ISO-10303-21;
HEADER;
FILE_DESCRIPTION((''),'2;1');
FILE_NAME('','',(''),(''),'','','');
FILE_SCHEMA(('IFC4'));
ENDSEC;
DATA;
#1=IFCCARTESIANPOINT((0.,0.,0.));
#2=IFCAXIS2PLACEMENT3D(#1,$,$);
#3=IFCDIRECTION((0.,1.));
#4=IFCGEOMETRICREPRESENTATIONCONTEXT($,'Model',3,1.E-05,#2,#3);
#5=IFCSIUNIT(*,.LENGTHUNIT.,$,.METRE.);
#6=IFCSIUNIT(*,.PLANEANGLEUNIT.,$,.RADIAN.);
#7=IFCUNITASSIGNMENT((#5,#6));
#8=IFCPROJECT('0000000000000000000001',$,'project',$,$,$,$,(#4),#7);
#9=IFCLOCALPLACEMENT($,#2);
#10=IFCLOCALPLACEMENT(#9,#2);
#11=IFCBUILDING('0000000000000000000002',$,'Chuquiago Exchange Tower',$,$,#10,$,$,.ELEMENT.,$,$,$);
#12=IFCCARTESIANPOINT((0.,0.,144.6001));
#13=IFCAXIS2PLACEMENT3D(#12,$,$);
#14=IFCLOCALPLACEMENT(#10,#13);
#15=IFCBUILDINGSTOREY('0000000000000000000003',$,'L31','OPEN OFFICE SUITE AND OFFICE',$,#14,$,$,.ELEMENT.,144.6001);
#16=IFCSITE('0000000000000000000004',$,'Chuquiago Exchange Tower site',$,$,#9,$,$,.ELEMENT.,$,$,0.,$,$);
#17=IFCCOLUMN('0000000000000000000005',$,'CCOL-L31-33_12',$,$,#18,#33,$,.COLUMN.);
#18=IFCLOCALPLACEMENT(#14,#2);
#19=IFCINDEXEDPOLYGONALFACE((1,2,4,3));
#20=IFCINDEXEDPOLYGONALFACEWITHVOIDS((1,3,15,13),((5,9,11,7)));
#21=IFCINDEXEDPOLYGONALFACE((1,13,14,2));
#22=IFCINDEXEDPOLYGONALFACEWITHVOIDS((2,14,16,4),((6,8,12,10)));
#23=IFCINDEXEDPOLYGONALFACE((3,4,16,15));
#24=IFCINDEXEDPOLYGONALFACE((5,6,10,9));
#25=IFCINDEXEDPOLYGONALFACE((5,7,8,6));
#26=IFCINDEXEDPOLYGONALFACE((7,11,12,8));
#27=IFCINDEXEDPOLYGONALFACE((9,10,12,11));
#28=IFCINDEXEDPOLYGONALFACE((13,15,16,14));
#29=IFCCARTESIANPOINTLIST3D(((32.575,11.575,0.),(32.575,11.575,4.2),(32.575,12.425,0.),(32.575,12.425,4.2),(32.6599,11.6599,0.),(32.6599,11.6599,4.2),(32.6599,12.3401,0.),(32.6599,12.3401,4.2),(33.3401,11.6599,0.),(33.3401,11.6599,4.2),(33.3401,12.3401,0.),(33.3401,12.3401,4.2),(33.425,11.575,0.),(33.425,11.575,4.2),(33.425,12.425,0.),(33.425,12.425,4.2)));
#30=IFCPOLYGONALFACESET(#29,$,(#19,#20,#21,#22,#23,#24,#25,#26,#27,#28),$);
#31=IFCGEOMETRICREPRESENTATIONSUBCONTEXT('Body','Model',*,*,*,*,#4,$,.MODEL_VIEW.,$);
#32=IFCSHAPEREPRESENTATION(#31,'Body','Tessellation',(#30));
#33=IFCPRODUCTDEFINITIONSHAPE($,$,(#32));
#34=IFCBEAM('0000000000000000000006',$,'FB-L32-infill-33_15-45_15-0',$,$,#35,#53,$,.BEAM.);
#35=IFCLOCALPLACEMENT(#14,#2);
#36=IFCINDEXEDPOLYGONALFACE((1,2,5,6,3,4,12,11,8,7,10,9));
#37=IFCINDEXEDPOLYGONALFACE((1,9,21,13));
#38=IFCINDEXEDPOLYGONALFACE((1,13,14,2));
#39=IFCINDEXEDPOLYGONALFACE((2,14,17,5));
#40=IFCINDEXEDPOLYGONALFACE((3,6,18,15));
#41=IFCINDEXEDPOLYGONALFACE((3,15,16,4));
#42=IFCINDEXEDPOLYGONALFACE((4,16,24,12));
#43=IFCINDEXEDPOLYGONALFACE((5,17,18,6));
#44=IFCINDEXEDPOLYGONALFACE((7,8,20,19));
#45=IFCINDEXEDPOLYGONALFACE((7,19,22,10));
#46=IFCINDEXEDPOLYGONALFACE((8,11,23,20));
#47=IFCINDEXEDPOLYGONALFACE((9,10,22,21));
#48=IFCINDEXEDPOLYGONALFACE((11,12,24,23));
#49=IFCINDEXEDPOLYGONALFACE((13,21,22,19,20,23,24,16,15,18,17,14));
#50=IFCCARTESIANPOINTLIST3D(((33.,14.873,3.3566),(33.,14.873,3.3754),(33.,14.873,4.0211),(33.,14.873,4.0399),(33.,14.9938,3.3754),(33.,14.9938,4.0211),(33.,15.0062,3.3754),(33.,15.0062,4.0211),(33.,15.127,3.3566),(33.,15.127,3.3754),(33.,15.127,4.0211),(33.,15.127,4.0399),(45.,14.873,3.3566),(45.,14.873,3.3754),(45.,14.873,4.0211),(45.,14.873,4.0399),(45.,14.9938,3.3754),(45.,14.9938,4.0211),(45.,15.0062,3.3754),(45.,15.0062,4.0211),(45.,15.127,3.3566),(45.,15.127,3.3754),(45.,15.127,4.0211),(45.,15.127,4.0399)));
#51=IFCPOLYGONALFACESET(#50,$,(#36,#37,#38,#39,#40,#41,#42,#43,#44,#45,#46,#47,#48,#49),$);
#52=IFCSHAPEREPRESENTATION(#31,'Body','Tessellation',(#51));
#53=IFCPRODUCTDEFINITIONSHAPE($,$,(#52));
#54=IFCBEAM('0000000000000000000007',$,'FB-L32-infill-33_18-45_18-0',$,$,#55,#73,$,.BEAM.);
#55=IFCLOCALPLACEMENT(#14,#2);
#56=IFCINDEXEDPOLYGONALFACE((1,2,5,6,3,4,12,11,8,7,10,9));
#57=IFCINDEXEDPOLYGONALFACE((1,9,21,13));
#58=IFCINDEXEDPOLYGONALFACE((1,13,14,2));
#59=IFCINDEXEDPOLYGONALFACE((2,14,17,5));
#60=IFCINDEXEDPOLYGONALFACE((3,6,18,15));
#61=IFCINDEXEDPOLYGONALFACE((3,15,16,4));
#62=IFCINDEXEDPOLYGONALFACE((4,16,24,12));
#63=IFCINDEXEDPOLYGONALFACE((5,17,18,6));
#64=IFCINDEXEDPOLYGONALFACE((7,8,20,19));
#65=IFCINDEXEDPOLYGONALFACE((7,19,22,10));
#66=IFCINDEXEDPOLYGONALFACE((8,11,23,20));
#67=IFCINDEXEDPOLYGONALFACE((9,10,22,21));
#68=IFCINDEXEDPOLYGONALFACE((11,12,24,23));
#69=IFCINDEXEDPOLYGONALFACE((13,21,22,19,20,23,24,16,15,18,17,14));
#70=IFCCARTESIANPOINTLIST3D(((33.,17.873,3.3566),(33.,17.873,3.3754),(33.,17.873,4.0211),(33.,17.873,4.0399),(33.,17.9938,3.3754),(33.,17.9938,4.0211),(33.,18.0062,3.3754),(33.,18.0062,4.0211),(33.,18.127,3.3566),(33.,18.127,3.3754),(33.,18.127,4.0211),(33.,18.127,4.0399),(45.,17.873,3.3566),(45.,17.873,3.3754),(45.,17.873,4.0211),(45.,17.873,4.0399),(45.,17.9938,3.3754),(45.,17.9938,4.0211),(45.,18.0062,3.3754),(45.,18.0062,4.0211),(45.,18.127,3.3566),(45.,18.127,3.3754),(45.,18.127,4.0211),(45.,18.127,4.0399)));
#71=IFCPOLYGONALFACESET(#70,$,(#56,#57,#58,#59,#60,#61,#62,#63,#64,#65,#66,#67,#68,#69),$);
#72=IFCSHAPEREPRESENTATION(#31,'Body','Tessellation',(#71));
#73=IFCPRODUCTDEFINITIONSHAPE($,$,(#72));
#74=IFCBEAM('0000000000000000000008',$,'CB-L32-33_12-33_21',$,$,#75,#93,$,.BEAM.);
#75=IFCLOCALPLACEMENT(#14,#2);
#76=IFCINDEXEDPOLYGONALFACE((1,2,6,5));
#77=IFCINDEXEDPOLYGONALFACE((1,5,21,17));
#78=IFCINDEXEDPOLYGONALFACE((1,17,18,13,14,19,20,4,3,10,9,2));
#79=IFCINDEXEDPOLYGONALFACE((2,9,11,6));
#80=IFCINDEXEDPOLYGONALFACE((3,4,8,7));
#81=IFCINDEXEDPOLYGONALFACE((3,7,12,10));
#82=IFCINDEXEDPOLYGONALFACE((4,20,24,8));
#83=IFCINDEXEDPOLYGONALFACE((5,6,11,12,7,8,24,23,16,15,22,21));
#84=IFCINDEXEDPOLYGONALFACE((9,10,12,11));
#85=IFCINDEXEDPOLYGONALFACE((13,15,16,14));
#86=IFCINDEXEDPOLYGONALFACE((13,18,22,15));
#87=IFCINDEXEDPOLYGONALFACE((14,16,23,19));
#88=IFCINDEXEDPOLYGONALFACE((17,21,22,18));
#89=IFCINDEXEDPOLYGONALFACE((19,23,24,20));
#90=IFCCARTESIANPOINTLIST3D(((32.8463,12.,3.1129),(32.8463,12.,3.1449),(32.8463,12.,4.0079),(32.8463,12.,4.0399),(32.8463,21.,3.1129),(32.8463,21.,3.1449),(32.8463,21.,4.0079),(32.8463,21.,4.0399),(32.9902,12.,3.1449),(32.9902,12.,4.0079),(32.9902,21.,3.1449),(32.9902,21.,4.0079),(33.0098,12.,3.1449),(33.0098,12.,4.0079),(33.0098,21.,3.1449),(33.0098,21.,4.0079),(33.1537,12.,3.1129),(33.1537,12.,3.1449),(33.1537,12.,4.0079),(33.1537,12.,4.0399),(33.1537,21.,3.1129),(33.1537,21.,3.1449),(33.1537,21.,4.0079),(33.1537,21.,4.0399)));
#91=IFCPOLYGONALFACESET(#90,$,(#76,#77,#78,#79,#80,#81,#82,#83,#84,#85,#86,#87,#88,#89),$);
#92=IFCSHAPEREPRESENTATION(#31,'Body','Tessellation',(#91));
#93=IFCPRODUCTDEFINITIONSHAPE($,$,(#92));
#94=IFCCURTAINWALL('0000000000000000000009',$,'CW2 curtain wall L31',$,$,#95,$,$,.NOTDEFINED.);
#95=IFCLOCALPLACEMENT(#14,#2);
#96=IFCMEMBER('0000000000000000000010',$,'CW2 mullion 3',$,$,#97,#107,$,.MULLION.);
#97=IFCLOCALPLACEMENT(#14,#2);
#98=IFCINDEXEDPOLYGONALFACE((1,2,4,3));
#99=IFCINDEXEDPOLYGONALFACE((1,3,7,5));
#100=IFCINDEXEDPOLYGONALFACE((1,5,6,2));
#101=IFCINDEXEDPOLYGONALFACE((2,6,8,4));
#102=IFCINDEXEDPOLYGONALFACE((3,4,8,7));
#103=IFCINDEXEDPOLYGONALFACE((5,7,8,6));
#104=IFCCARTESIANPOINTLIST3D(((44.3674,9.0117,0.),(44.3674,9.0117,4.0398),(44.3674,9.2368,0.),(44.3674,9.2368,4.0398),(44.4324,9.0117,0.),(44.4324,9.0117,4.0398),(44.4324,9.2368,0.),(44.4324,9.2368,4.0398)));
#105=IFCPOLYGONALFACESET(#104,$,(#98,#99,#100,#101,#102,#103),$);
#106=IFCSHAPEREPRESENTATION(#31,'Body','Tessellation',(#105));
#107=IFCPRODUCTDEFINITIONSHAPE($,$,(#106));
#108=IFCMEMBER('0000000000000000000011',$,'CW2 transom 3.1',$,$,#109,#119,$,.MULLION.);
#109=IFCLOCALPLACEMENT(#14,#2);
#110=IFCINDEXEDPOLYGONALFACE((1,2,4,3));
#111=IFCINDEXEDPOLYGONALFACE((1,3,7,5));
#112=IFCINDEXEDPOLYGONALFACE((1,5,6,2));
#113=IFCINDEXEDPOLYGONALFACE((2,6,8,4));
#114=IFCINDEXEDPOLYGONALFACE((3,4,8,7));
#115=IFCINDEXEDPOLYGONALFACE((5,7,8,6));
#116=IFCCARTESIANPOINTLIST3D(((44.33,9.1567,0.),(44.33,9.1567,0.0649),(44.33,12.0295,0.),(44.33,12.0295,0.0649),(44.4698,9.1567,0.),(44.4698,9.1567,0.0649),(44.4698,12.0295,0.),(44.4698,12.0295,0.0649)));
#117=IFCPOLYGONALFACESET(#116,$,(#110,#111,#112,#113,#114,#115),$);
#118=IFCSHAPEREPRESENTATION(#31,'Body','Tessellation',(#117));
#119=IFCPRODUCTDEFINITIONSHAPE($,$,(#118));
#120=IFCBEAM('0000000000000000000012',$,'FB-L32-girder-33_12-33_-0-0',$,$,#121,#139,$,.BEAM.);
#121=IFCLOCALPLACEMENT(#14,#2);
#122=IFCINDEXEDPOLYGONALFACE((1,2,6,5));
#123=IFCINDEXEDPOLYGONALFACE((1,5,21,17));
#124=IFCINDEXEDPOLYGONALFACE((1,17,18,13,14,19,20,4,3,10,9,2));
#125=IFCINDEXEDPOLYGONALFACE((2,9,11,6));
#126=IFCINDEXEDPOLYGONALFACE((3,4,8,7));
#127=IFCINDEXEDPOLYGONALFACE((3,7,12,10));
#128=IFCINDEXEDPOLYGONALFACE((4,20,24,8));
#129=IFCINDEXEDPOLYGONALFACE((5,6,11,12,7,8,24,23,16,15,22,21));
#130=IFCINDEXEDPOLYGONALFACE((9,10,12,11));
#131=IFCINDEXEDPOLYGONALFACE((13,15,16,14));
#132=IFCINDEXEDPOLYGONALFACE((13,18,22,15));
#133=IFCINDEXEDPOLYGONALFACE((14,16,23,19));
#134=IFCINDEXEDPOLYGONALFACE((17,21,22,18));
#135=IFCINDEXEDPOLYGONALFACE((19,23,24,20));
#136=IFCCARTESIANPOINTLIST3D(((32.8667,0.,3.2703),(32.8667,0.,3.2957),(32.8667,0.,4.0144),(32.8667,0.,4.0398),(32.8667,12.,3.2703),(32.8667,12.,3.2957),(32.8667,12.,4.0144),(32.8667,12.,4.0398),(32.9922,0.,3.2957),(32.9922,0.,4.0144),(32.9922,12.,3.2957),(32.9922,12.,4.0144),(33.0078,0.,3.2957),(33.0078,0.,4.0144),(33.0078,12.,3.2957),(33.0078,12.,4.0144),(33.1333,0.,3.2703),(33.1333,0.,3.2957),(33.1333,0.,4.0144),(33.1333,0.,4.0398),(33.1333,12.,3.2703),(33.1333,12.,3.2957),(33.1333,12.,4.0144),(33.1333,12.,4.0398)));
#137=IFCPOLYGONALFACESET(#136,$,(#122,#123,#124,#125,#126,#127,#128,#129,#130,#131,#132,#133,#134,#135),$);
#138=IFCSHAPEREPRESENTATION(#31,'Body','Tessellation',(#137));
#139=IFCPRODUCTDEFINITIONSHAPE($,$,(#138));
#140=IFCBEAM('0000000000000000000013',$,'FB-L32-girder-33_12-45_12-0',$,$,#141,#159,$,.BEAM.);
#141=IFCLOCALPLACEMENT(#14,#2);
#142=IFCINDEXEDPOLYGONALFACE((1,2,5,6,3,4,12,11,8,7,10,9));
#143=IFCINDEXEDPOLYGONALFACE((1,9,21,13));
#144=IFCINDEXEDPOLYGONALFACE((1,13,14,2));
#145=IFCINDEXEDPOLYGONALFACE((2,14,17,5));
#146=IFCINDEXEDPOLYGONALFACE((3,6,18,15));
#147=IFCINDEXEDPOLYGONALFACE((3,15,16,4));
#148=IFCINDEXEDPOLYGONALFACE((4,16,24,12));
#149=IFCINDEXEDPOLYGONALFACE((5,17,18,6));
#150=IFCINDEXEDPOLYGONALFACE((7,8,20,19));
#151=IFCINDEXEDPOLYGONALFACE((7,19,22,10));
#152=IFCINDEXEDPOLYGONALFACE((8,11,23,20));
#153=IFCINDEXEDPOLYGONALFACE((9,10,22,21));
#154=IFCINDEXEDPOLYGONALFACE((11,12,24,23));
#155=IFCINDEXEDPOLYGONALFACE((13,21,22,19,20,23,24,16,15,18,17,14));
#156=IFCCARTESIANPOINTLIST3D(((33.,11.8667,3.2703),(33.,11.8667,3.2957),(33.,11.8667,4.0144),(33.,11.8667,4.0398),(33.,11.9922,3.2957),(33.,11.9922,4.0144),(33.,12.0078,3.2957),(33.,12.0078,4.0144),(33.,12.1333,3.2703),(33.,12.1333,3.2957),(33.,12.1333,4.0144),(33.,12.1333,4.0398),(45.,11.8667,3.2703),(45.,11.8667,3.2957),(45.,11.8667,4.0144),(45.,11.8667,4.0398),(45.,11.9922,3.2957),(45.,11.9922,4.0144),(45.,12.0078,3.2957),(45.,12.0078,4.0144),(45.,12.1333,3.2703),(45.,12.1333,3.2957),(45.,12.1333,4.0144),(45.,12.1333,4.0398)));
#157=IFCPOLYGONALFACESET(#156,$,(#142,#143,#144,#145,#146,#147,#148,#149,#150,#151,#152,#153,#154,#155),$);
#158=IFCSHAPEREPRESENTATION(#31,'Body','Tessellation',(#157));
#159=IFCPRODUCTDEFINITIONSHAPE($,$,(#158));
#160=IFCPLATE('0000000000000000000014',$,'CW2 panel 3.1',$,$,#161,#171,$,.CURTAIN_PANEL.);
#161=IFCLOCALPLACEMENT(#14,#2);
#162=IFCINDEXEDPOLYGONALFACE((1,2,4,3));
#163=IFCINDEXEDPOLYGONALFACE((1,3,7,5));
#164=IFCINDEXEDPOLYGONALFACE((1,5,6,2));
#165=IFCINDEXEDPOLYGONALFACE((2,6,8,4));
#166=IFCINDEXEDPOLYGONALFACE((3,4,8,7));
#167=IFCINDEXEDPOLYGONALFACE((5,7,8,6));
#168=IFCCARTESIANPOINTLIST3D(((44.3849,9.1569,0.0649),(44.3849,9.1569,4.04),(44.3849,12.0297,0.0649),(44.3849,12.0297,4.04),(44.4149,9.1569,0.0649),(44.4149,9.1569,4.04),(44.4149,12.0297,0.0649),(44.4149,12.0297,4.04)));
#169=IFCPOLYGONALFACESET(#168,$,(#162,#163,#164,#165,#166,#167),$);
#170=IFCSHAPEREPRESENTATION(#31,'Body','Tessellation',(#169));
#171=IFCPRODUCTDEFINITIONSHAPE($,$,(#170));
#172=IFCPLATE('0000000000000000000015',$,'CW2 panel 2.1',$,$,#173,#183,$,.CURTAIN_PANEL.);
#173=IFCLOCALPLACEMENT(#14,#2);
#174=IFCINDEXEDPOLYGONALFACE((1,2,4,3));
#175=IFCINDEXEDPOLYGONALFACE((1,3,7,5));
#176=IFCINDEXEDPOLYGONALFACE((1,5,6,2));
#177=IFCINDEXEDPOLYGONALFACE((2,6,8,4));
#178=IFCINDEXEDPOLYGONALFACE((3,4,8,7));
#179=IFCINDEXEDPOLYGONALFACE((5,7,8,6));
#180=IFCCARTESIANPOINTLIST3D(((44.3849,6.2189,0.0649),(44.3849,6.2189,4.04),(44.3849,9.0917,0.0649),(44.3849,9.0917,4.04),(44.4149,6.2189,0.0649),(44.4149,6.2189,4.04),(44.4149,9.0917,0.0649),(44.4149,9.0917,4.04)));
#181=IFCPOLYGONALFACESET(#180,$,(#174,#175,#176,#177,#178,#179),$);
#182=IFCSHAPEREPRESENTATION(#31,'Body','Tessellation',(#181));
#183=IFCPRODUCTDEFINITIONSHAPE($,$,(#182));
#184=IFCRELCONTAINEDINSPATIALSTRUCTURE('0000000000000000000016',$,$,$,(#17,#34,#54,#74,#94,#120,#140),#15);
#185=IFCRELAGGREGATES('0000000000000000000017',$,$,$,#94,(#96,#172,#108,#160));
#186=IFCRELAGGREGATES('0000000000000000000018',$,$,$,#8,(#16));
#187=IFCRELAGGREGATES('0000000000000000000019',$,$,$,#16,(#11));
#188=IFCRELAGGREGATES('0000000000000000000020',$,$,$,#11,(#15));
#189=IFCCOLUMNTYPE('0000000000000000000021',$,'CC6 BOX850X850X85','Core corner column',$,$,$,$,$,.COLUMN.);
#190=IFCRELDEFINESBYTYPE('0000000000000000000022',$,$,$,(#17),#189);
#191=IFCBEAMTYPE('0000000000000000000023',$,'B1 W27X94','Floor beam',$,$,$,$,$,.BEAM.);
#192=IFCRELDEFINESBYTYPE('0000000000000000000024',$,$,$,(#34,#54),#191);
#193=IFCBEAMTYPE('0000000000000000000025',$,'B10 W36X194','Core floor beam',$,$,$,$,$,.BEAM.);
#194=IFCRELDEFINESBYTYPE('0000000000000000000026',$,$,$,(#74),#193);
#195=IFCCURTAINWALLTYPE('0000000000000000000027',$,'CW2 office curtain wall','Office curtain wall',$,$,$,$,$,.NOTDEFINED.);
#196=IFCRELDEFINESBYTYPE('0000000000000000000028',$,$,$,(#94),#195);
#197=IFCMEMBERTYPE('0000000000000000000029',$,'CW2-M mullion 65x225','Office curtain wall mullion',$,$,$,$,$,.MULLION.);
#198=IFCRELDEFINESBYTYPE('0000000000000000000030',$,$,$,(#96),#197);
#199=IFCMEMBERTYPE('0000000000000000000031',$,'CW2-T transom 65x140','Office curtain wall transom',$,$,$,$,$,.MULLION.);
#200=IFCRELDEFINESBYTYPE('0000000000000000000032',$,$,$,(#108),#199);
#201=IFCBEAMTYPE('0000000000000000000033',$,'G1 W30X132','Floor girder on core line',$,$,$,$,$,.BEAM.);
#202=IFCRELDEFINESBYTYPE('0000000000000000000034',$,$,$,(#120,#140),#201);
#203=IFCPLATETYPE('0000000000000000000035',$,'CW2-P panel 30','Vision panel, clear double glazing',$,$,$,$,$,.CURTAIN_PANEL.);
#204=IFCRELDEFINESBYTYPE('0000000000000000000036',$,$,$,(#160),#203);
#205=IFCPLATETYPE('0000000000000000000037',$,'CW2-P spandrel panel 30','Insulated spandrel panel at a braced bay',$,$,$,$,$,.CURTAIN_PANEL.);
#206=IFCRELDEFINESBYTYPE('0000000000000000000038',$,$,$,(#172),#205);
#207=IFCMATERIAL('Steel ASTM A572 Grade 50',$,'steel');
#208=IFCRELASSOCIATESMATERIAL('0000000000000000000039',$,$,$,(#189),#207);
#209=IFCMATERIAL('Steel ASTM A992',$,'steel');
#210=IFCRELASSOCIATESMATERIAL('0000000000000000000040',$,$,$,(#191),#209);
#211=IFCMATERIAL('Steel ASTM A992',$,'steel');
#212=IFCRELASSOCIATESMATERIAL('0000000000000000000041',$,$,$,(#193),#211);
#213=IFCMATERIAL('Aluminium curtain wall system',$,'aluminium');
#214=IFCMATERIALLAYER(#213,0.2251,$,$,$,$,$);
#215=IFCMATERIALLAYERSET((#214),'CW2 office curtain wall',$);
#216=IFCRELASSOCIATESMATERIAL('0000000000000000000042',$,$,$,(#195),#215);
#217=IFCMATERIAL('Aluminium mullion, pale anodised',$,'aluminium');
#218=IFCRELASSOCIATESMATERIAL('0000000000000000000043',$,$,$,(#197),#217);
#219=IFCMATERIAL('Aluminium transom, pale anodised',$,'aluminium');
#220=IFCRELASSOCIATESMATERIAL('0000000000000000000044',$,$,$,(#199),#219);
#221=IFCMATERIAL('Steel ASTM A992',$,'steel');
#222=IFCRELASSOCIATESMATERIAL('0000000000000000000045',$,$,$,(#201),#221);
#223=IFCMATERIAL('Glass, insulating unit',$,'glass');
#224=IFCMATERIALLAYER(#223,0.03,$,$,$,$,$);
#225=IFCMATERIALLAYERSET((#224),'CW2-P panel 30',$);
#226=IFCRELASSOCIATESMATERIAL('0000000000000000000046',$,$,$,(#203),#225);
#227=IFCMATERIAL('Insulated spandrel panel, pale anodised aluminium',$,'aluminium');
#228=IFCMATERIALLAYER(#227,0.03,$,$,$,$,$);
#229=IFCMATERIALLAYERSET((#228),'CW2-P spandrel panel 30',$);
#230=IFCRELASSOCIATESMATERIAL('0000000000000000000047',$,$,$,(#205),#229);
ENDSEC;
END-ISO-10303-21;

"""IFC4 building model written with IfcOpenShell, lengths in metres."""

from ifc_helpers import new_model, si_unit, direction, frame, origin, origin_2d, place, context, subcontext, project, spatial, rectangle, hollow_rectangle, i_section, extrude, material, layer, layer_set, material_profile, profile_set, type_object, element, aggregate, save


model = new_model("IFC4")

# Units and contexts
model_context = context("Model", 3, precision=1e-05, world=origin(), true_north=direction((0.0, 1.0)))
body_context = subcontext(model_context, "Body", "Model", "MODEL_VIEW")
ifc_project = project(units=[si_unit("LENGTHUNIT", "METRE"), si_unit("PLANEANGLEUNIT", "RADIAN")], contexts=[model_context])

# Site, building, storey
site_placement = place(None, origin())
site = spatial("IfcSite", under=ifc_project, at=site_placement, Name="Chuquiago Exchange Tower site", CompositionType="ELEMENT", RefElevation=0.0)
building_placement = place(site_placement, origin())
building = spatial("IfcBuilding", under=site, at=building_placement, Name="Chuquiago Exchange Tower", CompositionType="ELEMENT")
storey_placement = place(building_placement, frame((0.0, 0.0, 144.6001)))
storey = spatial("IfcBuildingStorey", under=building, at=storey_placement, Name="L31", Description="OPEN OFFICE SUITE AND OFFICE", CompositionType="ELEMENT", Elevation=144.6001)

# Column
ifc_material_1 = material(Name="Steel ASTM A572 Grade 50", Category="steel")
ifc_material_profile_1 = material_profile(ifc_material_1, hollow_rectangle(XDim=0.8501, YDim=0.8501, WallThickness=0.085, at=origin_2d()), Name="BOX850X850X85")
ifc_profile_set_1 = profile_set([ifc_material_profile_1], Name="Steel ASTM A572 Grade 50")
column_type = type_object("IfcColumnType", Name="CC6 BOX850X850X85", Description="Core corner column", PredefinedType="COLUMN", material=ifc_profile_set_1)
column_placement = place(storey_placement, frame((33.0, 12.0, 0.0), z_axis=(0.0, 0.0, 1.0), x_axis=(1.0, 0.0, 0.0)))
element("IfcColumn", 1, at=column_placement, inside=storey, type_object=column_type, Name="CCOL-L31-33_12", PredefinedType="COLUMN", context=body_context, shape_type="SweptSolid", body=[
    extrude(hollow_rectangle(XDim=0.8501, YDim=0.8501, WallThickness=0.085, at=origin_2d()), origin(), (0.0, 0.0, 1.0), 4.2),
])

# Beams
ifc_material_2 = material(Name="Steel ASTM A992", Category="steel")
ifc_material_profile_2 = material_profile(ifc_material_2, i_section(OverallWidth=0.2539, OverallDepth=0.6833, WebThickness=0.0125, FlangeThickness=0.0188, at=origin_2d()), Name="W27X94")
ifc_profile_set_2 = profile_set([ifc_material_profile_2], Name="Steel ASTM A992")
beam_type_1 = type_object("IfcBeamType", Name="B1 W27X94", Description="Floor beam", PredefinedType="BEAM", material=ifc_profile_set_2)
for number, where, z_axis, x_axis, name in (
    (2, (33.0, 15.0, 3.6982), (1.0, 0.0, 0.0), (0.0, 1.0, 0.0), "FB-L32-infill-33_15-45_15-0"),
    (3, (33.0, 18.0, 3.6982), (1.0, 0.0, 0.0), (0.0, 1.0, 0.0), "FB-L32-infill-33_18-45_18-0"),
):
    element("IfcBeam", number, at=place(storey_placement, frame(where, z_axis=z_axis, x_axis=x_axis)), inside=storey, type_object=beam_type_1, Name=name, PredefinedType="BEAM", context=body_context, shape_type="SweptSolid", body=[
        extrude(i_section(OverallWidth=0.2539, OverallDepth=0.6833, WebThickness=0.0125, FlangeThickness=0.0188, at=origin_2d()), origin(), (0.0, 0.0, 1.0), 12.0),
    ])
ifc_material_3 = material(Name="Steel ASTM A992", Category="steel")
ifc_material_profile_3 = material_profile(ifc_material_3, i_section(OverallWidth=0.3074, OverallDepth=0.927, WebThickness=0.0195, FlangeThickness=0.032, at=origin_2d()), Name="W36X194")
ifc_profile_set_3 = profile_set([ifc_material_profile_3], Name="Steel ASTM A992")
beam_type_2 = type_object("IfcBeamType", Name="B10 W36X194", Description="Core floor beam", PredefinedType="BEAM", material=ifc_profile_set_3)
beam_placement = place(storey_placement, frame((33.0, 12.0, 3.5764), z_axis=(0.0, 1.0, 0.0), x_axis=(-1.0, 0.0, 0.0)))
element("IfcBeam", 4, at=beam_placement, inside=storey, type_object=beam_type_2, Name="CB-L32-33_12-33_21", PredefinedType="BEAM", context=body_context, shape_type="SweptSolid", body=[
    extrude(i_section(OverallWidth=0.3074, OverallDepth=0.927, WebThickness=0.0195, FlangeThickness=0.032, at=origin_2d()), origin(), (0.0, 0.0, 1.0), 9.0),
])

# Curtain wall, members
ifc_material_4 = material(Name="Aluminium curtain wall system", Category="aluminium")
ifc_layer_1 = layer(ifc_material_4, 0.2251)
ifc_layer_set_1 = layer_set([ifc_layer_1], Name="CW2 office curtain wall")
curtain_wall_type = type_object("IfcCurtainWallType", Name="CW2 office curtain wall", Description="Office curtain wall", PredefinedType="NOTDEFINED", material=ifc_layer_set_1)
curtain_wall_placement = place(storey_placement, origin())
curtain_wall = element("IfcCurtainWall", 5, at=curtain_wall_placement, inside=storey, type_object=curtain_wall_type, Name="CW2 curtain wall L31", PredefinedType="NOTDEFINED")
ifc_material_5 = material(Name="Aluminium mullion, pale anodised", Category="aluminium")
ifc_material_profile_4 = material_profile(ifc_material_5, rectangle(XDim=0.0649, YDim=0.2251, at=origin_2d()), Name="AL 65x225")
ifc_profile_set_4 = profile_set([ifc_material_profile_4], Name="Aluminium mullion, pale anodised")
member_type_1 = type_object("IfcMemberType", Name="CW2-M mullion 65x225", Description="Office curtain wall mullion", PredefinedType="MULLION", material=ifc_profile_set_4)
member_1_placement = place(storey_placement, frame((44.3999, 9.1243, 0.0), z_axis=(0.0, 0.0, 1.0), x_axis=(-1.0, 0.0, 0.0)))
member_1 = element("IfcMember", 6, at=member_1_placement, type_object=member_type_1, Name="CW2 mullion 3", PredefinedType="MULLION", context=body_context, shape_type="SweptSolid", body=[
    extrude(rectangle(XDim=0.0649, YDim=0.2251, at=origin_2d()), origin(), (0.0, 0.0, 1.0), 4.0398),
])
ifc_material_6 = material(Name="Aluminium transom, pale anodised", Category="aluminium")
ifc_material_profile_5 = material_profile(ifc_material_6, rectangle(XDim=0.1399, YDim=0.0649, at=origin_2d()), Name="AL 140x65")
ifc_profile_set_5 = profile_set([ifc_material_profile_5], Name="Aluminium transom, pale anodised")
member_type_2 = type_object("IfcMemberType", Name="CW2-T transom 65x140", Description="Office curtain wall transom", PredefinedType="MULLION", material=ifc_profile_set_5)
member_2_placement = place(storey_placement, frame((44.3999, 9.1567, 0.0325), z_axis=(0.0, 1.0, 0.0), x_axis=(-1.0, 0.0, 0.0)))
member_2 = element("IfcMember", 7, at=member_2_placement, type_object=member_type_2, Name="CW2 transom 3.1", PredefinedType="MULLION", context=body_context, shape_type="SweptSolid", body=[
    extrude(rectangle(XDim=0.1399, YDim=0.0649, at=origin_2d()), origin(), (0.0, 0.0, 1.0), 2.8728),
])

# Beams
ifc_material_7 = material(Name="Steel ASTM A992", Category="steel")
ifc_material_profile_6 = material_profile(ifc_material_7, i_section(OverallWidth=0.2666, OverallDepth=0.7695, WebThickness=0.0156, FlangeThickness=0.0254, at=origin_2d()), Name="W30X132")
ifc_profile_set_6 = profile_set([ifc_material_profile_6], Name="Steel ASTM A992")
beam_type_3 = type_object("IfcBeamType", Name="G1 W30X132", Description="Floor girder on core line", PredefinedType="BEAM", material=ifc_profile_set_6)
for number, where, z_axis, x_axis, name in (
    (8, (33.0, 12.0, 3.655), (0.0, -1.0, 0.0), (1.0, 0.0, 0.0), "FB-L32-girder-33_12-33_-0-0"),
    (9, (33.0, 12.0, 3.655), (1.0, 0.0, 0.0), (0.0, 1.0, 0.0), "FB-L32-girder-33_12-45_12-0"),
):
    element("IfcBeam", number, at=place(storey_placement, frame(where, z_axis=z_axis, x_axis=x_axis)), inside=storey, type_object=beam_type_3, Name=name, PredefinedType="BEAM", context=body_context, shape_type="SweptSolid", body=[
        extrude(i_section(OverallWidth=0.2666, OverallDepth=0.7695, WebThickness=0.0156, FlangeThickness=0.0254, at=origin_2d()), origin(), (0.0, 0.0, 1.0), 12.0),
    ])

# Plates
ifc_material_8 = material(Name="Glass, insulating unit", Category="glass")
ifc_layer_2 = layer(ifc_material_8, 0.03)
ifc_layer_set_2 = layer_set([ifc_layer_2], Name="CW2-P panel 30")
plate_type_1 = type_object("IfcPlateType", Name="CW2-P panel 30", Description="Vision panel, clear double glazing", PredefinedType="CURTAIN_PANEL", material=ifc_layer_set_2)
plate_1_placement = place(storey_placement, frame((44.3999, 10.5933, 0.0649), z_axis=(0.0, 0.0, 1.0), x_axis=(0.0, 1.0, 0.0)))
plate_1 = element("IfcPlate", 10, at=plate_1_placement, type_object=plate_type_1, Name="CW2 panel 3.1", PredefinedType="CURTAIN_PANEL", context=body_context, shape_type="SweptSolid", body=[
    extrude(rectangle(XDim=2.8728, YDim=0.03, at=origin_2d()), origin(), (0.0, 0.0, 1.0), 3.9751),
])
ifc_material_9 = material(Name="Insulated spandrel panel, pale anodised aluminium", Category="aluminium")
ifc_layer_3 = layer(ifc_material_9, 0.03)
ifc_layer_set_3 = layer_set([ifc_layer_3], Name="CW2-P spandrel panel 30")
plate_type_2 = type_object("IfcPlateType", Name="CW2-P spandrel panel 30", Description="Insulated spandrel panel at a braced bay", PredefinedType="CURTAIN_PANEL", material=ifc_layer_set_3)
plate_2_placement = place(storey_placement, frame((44.3999, 7.6553, 0.0649), z_axis=(0.0, 0.0, 1.0), x_axis=(0.0, 1.0, 0.0)))
plate_2 = element("IfcPlate", 11, at=plate_2_placement, type_object=plate_type_2, Name="CW2 panel 2.1", PredefinedType="CURTAIN_PANEL", context=body_context, shape_type="SweptSolid", body=[
    extrude(rectangle(XDim=2.8728, YDim=0.03, at=origin_2d()), origin(), (0.0, 0.0, 1.0), 3.9751),
])
aggregate(curtain_wall, [member_1, plate_2, member_2, plate_1])

save(model, "model.ifc")
